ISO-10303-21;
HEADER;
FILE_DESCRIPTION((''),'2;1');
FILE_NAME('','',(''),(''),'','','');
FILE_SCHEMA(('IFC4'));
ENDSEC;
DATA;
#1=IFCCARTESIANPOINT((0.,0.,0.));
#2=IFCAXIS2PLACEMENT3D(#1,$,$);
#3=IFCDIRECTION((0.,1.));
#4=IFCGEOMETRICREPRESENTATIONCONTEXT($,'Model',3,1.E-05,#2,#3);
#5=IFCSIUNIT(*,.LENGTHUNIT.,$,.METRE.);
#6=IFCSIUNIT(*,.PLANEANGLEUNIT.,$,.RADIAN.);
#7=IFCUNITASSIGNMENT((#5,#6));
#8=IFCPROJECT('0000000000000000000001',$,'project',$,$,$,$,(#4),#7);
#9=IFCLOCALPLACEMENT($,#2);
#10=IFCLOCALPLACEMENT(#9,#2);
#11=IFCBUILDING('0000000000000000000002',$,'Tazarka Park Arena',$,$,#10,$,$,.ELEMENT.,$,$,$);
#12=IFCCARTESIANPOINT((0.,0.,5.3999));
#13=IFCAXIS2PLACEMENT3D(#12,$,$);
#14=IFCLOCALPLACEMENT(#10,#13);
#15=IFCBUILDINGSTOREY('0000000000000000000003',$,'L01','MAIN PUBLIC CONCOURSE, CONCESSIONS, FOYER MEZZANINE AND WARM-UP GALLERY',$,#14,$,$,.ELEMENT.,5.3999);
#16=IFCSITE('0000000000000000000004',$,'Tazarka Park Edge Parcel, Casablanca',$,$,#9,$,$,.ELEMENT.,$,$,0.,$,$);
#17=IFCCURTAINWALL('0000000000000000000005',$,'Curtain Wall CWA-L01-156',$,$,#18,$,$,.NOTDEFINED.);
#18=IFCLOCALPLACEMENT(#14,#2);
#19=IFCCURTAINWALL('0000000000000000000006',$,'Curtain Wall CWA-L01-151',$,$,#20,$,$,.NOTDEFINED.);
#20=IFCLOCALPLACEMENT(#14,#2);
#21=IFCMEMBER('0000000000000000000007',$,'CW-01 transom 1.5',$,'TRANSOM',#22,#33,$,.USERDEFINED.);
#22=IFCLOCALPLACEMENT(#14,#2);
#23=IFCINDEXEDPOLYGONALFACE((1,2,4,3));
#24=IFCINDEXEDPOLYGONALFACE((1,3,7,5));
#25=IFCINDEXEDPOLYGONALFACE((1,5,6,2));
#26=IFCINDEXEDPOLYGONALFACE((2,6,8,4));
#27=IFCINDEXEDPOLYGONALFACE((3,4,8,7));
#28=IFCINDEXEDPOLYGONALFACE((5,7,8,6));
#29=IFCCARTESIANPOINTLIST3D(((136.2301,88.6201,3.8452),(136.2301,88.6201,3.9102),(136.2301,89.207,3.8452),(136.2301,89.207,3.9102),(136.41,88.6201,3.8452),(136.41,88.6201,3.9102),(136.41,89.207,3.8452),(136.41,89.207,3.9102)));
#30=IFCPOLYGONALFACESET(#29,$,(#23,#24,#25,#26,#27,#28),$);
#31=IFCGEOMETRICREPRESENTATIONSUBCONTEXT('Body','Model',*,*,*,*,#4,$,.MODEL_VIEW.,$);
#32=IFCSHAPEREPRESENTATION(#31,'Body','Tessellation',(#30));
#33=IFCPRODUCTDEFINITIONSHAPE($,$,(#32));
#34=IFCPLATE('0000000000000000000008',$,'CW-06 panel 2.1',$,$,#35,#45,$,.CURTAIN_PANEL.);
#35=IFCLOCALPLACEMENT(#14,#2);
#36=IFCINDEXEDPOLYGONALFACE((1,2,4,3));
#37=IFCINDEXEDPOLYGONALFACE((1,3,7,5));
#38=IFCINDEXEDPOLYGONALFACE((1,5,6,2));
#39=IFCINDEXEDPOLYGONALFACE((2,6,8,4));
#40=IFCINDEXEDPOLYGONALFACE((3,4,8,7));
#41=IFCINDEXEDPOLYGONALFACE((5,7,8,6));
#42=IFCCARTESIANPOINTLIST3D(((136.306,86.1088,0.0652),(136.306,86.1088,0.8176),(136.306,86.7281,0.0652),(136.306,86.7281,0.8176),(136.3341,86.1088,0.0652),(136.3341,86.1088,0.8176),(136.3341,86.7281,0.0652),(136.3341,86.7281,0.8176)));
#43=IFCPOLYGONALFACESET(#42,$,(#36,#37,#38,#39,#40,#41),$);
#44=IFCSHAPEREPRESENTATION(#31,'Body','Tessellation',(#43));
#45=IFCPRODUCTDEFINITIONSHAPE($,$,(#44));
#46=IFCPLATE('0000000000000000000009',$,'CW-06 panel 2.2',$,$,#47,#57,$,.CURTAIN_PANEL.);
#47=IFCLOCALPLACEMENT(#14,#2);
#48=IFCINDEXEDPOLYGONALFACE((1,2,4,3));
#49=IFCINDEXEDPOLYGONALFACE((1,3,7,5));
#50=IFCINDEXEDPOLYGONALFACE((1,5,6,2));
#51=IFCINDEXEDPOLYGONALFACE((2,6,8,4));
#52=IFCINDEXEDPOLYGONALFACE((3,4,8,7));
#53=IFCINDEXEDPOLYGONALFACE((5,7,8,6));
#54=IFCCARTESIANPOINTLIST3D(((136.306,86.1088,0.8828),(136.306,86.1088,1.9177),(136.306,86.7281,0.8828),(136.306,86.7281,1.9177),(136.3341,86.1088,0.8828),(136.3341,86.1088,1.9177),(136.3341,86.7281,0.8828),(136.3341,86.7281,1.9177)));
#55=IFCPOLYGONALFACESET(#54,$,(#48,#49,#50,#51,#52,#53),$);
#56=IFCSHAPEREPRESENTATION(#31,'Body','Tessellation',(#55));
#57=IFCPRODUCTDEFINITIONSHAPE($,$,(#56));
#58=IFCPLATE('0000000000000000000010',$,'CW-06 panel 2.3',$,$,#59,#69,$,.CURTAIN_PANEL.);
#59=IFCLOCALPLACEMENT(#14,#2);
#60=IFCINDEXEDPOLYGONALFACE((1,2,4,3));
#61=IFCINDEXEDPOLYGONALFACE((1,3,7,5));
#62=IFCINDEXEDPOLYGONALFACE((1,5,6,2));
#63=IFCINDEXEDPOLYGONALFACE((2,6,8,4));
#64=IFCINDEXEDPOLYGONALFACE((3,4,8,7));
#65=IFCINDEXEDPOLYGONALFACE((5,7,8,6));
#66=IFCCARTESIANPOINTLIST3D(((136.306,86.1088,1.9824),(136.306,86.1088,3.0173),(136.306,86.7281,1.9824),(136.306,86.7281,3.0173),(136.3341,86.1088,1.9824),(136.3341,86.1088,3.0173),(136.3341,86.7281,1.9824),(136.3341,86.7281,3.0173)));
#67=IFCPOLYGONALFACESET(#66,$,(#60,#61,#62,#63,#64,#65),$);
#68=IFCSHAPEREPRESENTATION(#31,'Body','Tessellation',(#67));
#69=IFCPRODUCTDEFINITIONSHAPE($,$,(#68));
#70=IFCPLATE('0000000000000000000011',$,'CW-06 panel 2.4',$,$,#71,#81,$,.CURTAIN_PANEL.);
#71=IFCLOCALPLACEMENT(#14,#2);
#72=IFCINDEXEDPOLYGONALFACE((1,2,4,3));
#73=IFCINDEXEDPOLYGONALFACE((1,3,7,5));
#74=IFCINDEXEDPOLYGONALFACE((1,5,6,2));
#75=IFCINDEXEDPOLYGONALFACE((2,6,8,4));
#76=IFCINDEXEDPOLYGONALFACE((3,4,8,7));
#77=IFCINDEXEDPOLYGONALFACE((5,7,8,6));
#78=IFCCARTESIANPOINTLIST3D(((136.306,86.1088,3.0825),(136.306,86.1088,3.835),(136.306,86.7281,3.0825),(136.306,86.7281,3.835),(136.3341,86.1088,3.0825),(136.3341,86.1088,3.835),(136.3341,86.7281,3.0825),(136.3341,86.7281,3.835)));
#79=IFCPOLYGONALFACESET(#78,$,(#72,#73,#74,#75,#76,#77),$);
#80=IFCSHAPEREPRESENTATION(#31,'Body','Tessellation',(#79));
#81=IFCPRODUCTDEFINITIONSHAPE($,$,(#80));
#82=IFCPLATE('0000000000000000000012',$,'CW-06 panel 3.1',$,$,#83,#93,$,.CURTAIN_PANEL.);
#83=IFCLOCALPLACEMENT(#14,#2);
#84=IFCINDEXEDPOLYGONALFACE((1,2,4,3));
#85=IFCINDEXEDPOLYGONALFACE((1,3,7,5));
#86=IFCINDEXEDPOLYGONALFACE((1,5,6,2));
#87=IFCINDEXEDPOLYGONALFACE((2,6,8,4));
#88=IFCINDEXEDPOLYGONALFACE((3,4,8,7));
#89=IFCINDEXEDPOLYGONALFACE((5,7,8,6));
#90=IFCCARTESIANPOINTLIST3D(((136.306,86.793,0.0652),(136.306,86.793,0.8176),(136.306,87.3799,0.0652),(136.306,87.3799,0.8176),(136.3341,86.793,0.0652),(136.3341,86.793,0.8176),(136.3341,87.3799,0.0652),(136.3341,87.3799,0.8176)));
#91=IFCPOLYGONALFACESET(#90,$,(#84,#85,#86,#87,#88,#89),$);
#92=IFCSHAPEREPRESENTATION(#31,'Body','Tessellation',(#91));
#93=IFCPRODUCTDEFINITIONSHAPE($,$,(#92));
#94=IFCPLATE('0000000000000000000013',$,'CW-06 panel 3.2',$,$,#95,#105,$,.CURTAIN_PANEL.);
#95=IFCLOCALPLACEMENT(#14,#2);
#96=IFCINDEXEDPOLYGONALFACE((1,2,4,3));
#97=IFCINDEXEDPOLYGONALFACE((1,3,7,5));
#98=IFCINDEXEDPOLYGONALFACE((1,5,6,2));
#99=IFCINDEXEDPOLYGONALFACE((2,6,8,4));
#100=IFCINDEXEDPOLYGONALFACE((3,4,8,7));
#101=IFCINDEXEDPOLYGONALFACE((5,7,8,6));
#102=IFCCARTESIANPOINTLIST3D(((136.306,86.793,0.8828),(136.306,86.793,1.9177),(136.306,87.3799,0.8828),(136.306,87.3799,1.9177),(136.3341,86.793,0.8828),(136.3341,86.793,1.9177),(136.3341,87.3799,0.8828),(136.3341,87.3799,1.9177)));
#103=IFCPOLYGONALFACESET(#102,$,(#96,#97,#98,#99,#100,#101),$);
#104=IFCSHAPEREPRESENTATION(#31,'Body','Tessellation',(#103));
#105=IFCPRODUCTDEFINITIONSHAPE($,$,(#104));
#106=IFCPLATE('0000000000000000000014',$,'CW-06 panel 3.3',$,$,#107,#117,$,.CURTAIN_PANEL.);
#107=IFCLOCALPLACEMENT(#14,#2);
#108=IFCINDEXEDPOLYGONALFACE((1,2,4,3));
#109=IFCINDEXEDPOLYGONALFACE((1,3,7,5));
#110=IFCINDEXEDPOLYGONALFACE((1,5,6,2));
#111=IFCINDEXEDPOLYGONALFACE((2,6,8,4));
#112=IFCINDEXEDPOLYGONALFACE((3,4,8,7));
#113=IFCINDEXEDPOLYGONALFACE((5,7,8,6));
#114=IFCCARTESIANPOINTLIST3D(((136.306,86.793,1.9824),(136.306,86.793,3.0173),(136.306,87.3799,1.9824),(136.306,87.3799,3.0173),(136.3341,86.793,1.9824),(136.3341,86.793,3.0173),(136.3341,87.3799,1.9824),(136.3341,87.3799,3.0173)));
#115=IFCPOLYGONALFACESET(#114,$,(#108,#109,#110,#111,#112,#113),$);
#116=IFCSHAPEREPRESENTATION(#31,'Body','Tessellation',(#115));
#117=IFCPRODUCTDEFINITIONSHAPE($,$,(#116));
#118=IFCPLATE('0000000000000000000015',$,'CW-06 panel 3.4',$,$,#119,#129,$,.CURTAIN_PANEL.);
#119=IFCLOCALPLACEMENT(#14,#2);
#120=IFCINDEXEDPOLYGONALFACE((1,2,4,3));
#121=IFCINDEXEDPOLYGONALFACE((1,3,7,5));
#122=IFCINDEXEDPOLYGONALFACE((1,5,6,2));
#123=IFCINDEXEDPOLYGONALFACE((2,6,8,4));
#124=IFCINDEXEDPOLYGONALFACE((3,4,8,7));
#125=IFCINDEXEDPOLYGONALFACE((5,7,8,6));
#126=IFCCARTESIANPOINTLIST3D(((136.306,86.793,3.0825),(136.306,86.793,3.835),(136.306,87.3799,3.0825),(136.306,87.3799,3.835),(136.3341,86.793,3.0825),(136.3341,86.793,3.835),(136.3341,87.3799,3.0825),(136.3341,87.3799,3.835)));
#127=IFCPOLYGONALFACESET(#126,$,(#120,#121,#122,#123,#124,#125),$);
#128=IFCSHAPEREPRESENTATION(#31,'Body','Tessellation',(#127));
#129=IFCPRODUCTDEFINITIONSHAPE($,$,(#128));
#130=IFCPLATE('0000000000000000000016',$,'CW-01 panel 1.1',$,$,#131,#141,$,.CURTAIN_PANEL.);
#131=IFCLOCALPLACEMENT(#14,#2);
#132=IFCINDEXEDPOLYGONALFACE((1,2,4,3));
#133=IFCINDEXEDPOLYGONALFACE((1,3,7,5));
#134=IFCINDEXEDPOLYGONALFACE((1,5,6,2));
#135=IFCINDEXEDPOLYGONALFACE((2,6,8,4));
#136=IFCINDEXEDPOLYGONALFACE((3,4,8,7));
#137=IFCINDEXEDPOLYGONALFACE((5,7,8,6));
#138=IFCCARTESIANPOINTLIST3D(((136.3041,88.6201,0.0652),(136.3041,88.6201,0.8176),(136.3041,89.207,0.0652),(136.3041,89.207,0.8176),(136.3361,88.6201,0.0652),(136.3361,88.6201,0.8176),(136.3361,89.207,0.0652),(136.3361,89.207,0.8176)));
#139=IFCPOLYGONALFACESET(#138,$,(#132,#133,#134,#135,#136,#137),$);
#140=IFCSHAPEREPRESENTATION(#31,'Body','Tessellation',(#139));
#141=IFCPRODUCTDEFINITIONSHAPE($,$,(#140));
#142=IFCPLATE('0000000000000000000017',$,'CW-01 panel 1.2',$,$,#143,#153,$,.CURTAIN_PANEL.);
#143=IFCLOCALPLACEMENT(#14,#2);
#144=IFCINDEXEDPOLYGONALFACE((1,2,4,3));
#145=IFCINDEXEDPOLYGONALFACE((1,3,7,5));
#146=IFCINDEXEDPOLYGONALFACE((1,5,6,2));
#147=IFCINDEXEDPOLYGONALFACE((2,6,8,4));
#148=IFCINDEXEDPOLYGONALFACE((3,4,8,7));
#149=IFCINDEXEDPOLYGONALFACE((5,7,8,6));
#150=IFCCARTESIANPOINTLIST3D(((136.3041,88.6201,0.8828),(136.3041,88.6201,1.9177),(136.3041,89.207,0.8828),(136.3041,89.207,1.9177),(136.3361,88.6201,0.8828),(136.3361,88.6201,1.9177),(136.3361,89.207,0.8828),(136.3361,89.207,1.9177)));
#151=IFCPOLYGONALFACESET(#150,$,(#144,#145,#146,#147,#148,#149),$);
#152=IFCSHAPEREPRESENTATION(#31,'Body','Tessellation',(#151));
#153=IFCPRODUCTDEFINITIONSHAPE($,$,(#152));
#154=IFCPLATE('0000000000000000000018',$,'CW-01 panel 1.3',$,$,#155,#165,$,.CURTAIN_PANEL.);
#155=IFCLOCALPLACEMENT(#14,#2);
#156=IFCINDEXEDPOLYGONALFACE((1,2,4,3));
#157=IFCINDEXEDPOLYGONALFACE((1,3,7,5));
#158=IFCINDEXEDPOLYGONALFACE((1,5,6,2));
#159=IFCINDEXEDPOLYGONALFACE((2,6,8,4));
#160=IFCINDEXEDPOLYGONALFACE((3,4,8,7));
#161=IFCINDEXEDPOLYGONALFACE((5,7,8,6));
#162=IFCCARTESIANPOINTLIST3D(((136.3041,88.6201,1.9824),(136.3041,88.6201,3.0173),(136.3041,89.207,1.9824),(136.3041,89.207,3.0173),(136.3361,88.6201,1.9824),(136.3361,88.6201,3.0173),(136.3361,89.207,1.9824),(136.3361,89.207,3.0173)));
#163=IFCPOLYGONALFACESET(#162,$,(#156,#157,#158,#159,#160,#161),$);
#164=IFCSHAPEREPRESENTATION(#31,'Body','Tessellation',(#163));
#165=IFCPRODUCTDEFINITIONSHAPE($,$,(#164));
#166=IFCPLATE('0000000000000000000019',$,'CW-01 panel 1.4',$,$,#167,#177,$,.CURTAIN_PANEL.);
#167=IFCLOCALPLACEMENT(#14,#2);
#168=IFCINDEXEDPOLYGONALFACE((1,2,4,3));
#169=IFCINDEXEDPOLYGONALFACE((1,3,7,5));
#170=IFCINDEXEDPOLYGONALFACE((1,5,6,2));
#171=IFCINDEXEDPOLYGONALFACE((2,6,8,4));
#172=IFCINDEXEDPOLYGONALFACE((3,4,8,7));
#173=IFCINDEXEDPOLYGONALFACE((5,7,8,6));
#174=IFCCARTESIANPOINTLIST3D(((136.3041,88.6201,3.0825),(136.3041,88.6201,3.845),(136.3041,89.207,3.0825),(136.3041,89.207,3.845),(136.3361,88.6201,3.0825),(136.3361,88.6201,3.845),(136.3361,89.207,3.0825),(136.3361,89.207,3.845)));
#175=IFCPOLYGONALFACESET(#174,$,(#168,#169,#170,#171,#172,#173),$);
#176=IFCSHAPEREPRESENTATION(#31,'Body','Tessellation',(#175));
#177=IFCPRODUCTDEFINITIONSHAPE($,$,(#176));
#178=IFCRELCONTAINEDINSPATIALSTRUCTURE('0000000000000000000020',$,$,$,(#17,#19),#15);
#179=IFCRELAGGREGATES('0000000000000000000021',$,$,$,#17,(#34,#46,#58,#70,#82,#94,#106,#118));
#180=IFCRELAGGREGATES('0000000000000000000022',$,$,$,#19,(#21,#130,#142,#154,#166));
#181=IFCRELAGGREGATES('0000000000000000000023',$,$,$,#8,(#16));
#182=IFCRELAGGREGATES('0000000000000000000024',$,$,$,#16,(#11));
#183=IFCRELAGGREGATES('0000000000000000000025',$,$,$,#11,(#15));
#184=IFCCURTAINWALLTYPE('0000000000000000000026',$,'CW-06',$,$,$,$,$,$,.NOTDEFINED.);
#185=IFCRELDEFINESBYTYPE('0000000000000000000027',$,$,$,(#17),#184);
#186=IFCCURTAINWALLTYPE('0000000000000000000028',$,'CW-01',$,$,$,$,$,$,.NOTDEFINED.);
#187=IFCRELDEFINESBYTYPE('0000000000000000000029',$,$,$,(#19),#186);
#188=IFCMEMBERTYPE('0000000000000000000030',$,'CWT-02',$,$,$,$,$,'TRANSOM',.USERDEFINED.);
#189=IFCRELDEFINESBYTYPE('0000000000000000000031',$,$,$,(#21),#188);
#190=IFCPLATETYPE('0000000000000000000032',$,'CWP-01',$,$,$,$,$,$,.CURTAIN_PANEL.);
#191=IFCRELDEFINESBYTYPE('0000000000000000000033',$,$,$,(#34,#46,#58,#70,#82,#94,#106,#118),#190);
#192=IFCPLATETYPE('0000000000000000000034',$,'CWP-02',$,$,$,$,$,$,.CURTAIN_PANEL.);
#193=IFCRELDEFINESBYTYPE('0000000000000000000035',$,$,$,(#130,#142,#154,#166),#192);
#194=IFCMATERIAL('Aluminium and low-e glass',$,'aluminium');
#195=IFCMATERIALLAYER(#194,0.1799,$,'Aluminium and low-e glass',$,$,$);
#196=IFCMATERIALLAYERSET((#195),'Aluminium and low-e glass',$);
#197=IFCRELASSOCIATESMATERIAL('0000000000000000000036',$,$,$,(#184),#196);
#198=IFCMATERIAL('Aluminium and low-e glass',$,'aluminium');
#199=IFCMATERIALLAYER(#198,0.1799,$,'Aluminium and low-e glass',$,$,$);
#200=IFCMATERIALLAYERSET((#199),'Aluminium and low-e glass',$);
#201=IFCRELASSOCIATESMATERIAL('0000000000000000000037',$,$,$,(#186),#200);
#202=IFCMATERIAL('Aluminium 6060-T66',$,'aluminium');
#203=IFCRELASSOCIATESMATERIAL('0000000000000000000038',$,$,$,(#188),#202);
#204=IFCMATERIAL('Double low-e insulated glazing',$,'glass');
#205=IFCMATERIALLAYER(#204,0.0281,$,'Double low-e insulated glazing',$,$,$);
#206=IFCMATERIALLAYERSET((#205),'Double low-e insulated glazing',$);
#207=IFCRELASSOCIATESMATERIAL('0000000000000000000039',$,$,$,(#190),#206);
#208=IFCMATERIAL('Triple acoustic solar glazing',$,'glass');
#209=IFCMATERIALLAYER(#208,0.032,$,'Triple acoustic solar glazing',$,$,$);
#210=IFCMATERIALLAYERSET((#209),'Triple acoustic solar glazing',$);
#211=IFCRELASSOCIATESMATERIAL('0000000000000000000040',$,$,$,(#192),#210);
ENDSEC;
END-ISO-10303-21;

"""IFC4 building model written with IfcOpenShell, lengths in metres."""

from ifc_helpers import new_model, si_unit, direction, frame, origin, origin_2d, place, context, subcontext, project, spatial, rectangle, extrude, material, layer, layer_set, material_profile, profile_set, type_object, element, aggregate, save


model = new_model("IFC4")

# Units and contexts
model_context = context("Model", 3, precision=1e-05, world=origin(), true_north=direction((0.0, 1.0)))
body_context = subcontext(model_context, "Body", "Model", "MODEL_VIEW")
ifc_project = project(units=[si_unit("LENGTHUNIT", "METRE"), si_unit("PLANEANGLEUNIT", "RADIAN")], contexts=[model_context])

# Site, building, storey
site_placement = place(None, origin())
site = spatial("IfcSite", under=ifc_project, at=site_placement, Name="Tazarka Park Edge Parcel, Casablanca", CompositionType="ELEMENT", RefElevation=0.0)
building_placement = place(site_placement, origin())
building = spatial("IfcBuilding", under=site, at=building_placement, Name="Tazarka Park Arena", CompositionType="ELEMENT")
storey_placement = place(building_placement, frame((0.0, 0.0, 5.3999)))
storey = spatial("IfcBuildingStorey", under=building, at=storey_placement, Name="L01", Description="MAIN PUBLIC CONCOURSE, CONCESSIONS, FOYER MEZZANINE AND WARM-UP GALLERY", CompositionType="ELEMENT", Elevation=5.3999)

# Curtain walls
ifc_material_1 = material(Name="Aluminium and low-e glass", Category="aluminium")
ifc_layer_1 = layer(ifc_material_1, 0.1799, Name="Aluminium and low-e glass")
ifc_layer_set_1 = layer_set([ifc_layer_1], Name="Aluminium and low-e glass")
curtain_wall_type_1 = type_object("IfcCurtainWallType", Name="CW-06", PredefinedType="NOTDEFINED", material=ifc_layer_set_1)
curtain_wall_1_placement = place(storey_placement, origin())
curtain_wall_1 = element("IfcCurtainWall", 1, at=curtain_wall_1_placement, inside=storey, type_object=curtain_wall_type_1, Name="Curtain Wall CWA-L01-156", PredefinedType="NOTDEFINED")
ifc_material_2 = material(Name="Aluminium and low-e glass", Category="aluminium")
ifc_layer_2 = layer(ifc_material_2, 0.1799, Name="Aluminium and low-e glass")
ifc_layer_set_2 = layer_set([ifc_layer_2], Name="Aluminium and low-e glass")
curtain_wall_type_2 = type_object("IfcCurtainWallType", Name="CW-01", PredefinedType="NOTDEFINED", material=ifc_layer_set_2)
curtain_wall_2_placement = place(storey_placement, origin())
curtain_wall_2 = element("IfcCurtainWall", 2, at=curtain_wall_2_placement, inside=storey, type_object=curtain_wall_type_2, Name="Curtain Wall CWA-L01-151", PredefinedType="NOTDEFINED")

# Member
ifc_material_3 = material(Name="Aluminium 6060-T66", Category="aluminium")
ifc_material_profile_1 = material_profile(ifc_material_3, rectangle(XDim=0.1799, YDim=0.0649, at=origin_2d()), Name="Aluminium 6060-T66")
ifc_profile_set_1 = profile_set([ifc_material_profile_1], Name="Aluminium 6060-T66")
member_type_1 = type_object("IfcMemberType", Name="CWT-02", ElementType="TRANSOM", PredefinedType="USERDEFINED", material=ifc_profile_set_1)
member_1_placement = place(storey_placement, frame((136.3201, 88.6201, 3.8777), z_axis=(0.0, 1.0, 0.0), x_axis=(-1.0, 0.0, 0.0)))
member_1 = element("IfcMember", 3, at=member_1_placement, type_object=member_type_1, Name="CW-01 transom 1.5", ObjectType="TRANSOM", PredefinedType="USERDEFINED", context=body_context, shape_type="SweptSolid", body=[
    extrude(rectangle(XDim=0.1799, YDim=0.0649, at=origin_2d()), origin(), (0.0, 0.0, 1.0), 0.5869),
])

# Plates
ifc_material_4 = material(Name="Double low-e insulated glazing", Category="glass")
ifc_layer_3 = layer(ifc_material_4, 0.0281, Name="Double low-e insulated glazing")
ifc_layer_set_3 = layer_set([ifc_layer_3], Name="Double low-e insulated glazing")
plate_type_1 = type_object("IfcPlateType", Name="CWP-01", PredefinedType="CURTAIN_PANEL", material=ifc_layer_set_3)
plate_1_placement = place(storey_placement, frame((136.3201, 86.4185, 0.0652), z_axis=(0.0, 0.0, 1.0), x_axis=(0.0, 1.0, 0.0)))
plate_1 = element("IfcPlate", 4, at=plate_1_placement, type_object=plate_type_1, Name="CW-06 panel 2.1", PredefinedType="CURTAIN_PANEL", context=body_context, shape_type="SweptSolid", body=[
    extrude(rectangle(XDim=0.6194, YDim=0.0281, at=origin_2d()), origin(), (0.0, 0.0, 1.0), 0.7524),
])
plate_2_placement = place(storey_placement, frame((136.3201, 86.4185, 0.8828), z_axis=(0.0, 0.0, 1.0), x_axis=(0.0, 1.0, 0.0)))
plate_2 = element("IfcPlate", 5, at=plate_2_placement, type_object=plate_type_1, Name="CW-06 panel 2.2", PredefinedType="CURTAIN_PANEL", context=body_context, shape_type="SweptSolid", body=[
    extrude(rectangle(XDim=0.6194, YDim=0.0281, at=origin_2d()), origin(), (0.0, 0.0, 1.0), 1.0349),
])
plate_3_placement = place(storey_placement, frame((136.3201, 86.4185, 1.9824), z_axis=(0.0, 0.0, 1.0), x_axis=(0.0, 1.0, 0.0)))
plate_3 = element("IfcPlate", 6, at=plate_3_placement, type_object=plate_type_1, Name="CW-06 panel 2.3", PredefinedType="CURTAIN_PANEL", context=body_context, shape_type="SweptSolid", body=[
    extrude(rectangle(XDim=0.6194, YDim=0.0281, at=origin_2d()), origin(), (0.0, 0.0, 1.0), 1.0349),
])
plate_4_placement = place(storey_placement, frame((136.3201, 86.4185, 3.0825), z_axis=(0.0, 0.0, 1.0), x_axis=(0.0, 1.0, 0.0)))
plate_4 = element("IfcPlate", 7, at=plate_4_placement, type_object=plate_type_1, Name="CW-06 panel 2.4", PredefinedType="CURTAIN_PANEL", context=body_context, shape_type="SweptSolid", body=[
    extrude(rectangle(XDim=0.6194, YDim=0.0281, at=origin_2d()), origin(), (0.0, 0.0, 1.0), 0.7524),
])
plate_5_placement = place(storey_placement, frame((136.3201, 87.0864, 0.0652), z_axis=(0.0, 0.0, 1.0), x_axis=(0.0, 1.0, 0.0)))
plate_5 = element("IfcPlate", 8, at=plate_5_placement, type_object=plate_type_1, Name="CW-06 panel 3.1", PredefinedType="CURTAIN_PANEL", context=body_context, shape_type="SweptSolid", body=[
    extrude(rectangle(XDim=0.5869, YDim=0.0281, at=origin_2d()), origin(), (0.0, 0.0, 1.0), 0.7524),
])
plate_6_placement = place(storey_placement, frame((136.3201, 87.0864, 0.8828), z_axis=(0.0, 0.0, 1.0), x_axis=(0.0, 1.0, 0.0)))
plate_6 = element("IfcPlate", 9, at=plate_6_placement, type_object=plate_type_1, Name="CW-06 panel 3.2", PredefinedType="CURTAIN_PANEL", context=body_context, shape_type="SweptSolid", body=[
    extrude(rectangle(XDim=0.5869, YDim=0.0281, at=origin_2d()), origin(), (0.0, 0.0, 1.0), 1.0349),
])
plate_7_placement = place(storey_placement, frame((136.3201, 87.0864, 1.9824), z_axis=(0.0, 0.0, 1.0), x_axis=(0.0, 1.0, 0.0)))
plate_7 = element("IfcPlate", 10, at=plate_7_placement, type_object=plate_type_1, Name="CW-06 panel 3.3", PredefinedType="CURTAIN_PANEL", context=body_context, shape_type="SweptSolid", body=[
    extrude(rectangle(XDim=0.5869, YDim=0.0281, at=origin_2d()), origin(), (0.0, 0.0, 1.0), 1.0349),
])
plate_8_placement = place(storey_placement, frame((136.3201, 87.0864, 3.0825), z_axis=(0.0, 0.0, 1.0), x_axis=(0.0, 1.0, 0.0)))
plate_8 = element("IfcPlate", 11, at=plate_8_placement, type_object=plate_type_1, Name="CW-06 panel 3.4", PredefinedType="CURTAIN_PANEL", context=body_context, shape_type="SweptSolid", body=[
    extrude(rectangle(XDim=0.5869, YDim=0.0281, at=origin_2d()), origin(), (0.0, 0.0, 1.0), 0.7524),
])
aggregate(curtain_wall_1, [plate_1, plate_2, plate_3, plate_4, plate_5, plate_6, plate_7, plate_8])
ifc_material_5 = material(Name="Triple acoustic solar glazing", Category="glass")
ifc_layer_4 = layer(ifc_material_5, 0.032, Name="Triple acoustic solar glazing")
ifc_layer_set_4 = layer_set([ifc_layer_4], Name="Triple acoustic solar glazing")
plate_type_2 = type_object("IfcPlateType", Name="CWP-02", PredefinedType="CURTAIN_PANEL", material=ifc_layer_set_4)
plate_9_placement = place(storey_placement, frame((136.3201, 88.9136, 0.0652), z_axis=(0.0, 0.0, 1.0), x_axis=(0.0, 1.0, 0.0)))
plate_9 = element("IfcPlate", 12, at=plate_9_placement, type_object=plate_type_2, Name="CW-01 panel 1.1", PredefinedType="CURTAIN_PANEL", context=body_context, shape_type="SweptSolid", body=[
    extrude(rectangle(XDim=0.5869, YDim=0.032, at=origin_2d()), origin(), (0.0, 0.0, 1.0), 0.7524),
])
plate_10_placement = place(storey_placement, frame((136.3201, 88.9136, 0.8828), z_axis=(0.0, 0.0, 1.0), x_axis=(0.0, 1.0, 0.0)))
plate_10 = element("IfcPlate", 13, at=plate_10_placement, type_object=plate_type_2, Name="CW-01 panel 1.2", PredefinedType="CURTAIN_PANEL", context=body_context, shape_type="SweptSolid", body=[
    extrude(rectangle(XDim=0.5869, YDim=0.032, at=origin_2d()), origin(), (0.0, 0.0, 1.0), 1.0349),
])
plate_11_placement = place(storey_placement, frame((136.3201, 88.9136, 1.9824), z_axis=(0.0, 0.0, 1.0), x_axis=(0.0, 1.0, 0.0)))
plate_11 = element("IfcPlate", 14, at=plate_11_placement, type_object=plate_type_2, Name="CW-01 panel 1.3", PredefinedType="CURTAIN_PANEL", context=body_context, shape_type="SweptSolid", body=[
    extrude(rectangle(XDim=0.5869, YDim=0.032, at=origin_2d()), origin(), (0.0, 0.0, 1.0), 1.0349),
])
plate_12_placement = place(storey_placement, frame((136.3201, 88.9136, 3.0825), z_axis=(0.0, 0.0, 1.0), x_axis=(0.0, 1.0, 0.0)))
plate_12 = element("IfcPlate", 15, at=plate_12_placement, type_object=plate_type_2, Name="CW-01 panel 1.4", PredefinedType="CURTAIN_PANEL", context=body_context, shape_type="SweptSolid", body=[
    extrude(rectangle(XDim=0.5869, YDim=0.032, at=origin_2d()), origin(), (0.0, 0.0, 1.0), 0.7625),
])
aggregate(curtain_wall_2, [member_1, plate_9, plate_10, plate_11, plate_12])

save(model, "model.ifc")
